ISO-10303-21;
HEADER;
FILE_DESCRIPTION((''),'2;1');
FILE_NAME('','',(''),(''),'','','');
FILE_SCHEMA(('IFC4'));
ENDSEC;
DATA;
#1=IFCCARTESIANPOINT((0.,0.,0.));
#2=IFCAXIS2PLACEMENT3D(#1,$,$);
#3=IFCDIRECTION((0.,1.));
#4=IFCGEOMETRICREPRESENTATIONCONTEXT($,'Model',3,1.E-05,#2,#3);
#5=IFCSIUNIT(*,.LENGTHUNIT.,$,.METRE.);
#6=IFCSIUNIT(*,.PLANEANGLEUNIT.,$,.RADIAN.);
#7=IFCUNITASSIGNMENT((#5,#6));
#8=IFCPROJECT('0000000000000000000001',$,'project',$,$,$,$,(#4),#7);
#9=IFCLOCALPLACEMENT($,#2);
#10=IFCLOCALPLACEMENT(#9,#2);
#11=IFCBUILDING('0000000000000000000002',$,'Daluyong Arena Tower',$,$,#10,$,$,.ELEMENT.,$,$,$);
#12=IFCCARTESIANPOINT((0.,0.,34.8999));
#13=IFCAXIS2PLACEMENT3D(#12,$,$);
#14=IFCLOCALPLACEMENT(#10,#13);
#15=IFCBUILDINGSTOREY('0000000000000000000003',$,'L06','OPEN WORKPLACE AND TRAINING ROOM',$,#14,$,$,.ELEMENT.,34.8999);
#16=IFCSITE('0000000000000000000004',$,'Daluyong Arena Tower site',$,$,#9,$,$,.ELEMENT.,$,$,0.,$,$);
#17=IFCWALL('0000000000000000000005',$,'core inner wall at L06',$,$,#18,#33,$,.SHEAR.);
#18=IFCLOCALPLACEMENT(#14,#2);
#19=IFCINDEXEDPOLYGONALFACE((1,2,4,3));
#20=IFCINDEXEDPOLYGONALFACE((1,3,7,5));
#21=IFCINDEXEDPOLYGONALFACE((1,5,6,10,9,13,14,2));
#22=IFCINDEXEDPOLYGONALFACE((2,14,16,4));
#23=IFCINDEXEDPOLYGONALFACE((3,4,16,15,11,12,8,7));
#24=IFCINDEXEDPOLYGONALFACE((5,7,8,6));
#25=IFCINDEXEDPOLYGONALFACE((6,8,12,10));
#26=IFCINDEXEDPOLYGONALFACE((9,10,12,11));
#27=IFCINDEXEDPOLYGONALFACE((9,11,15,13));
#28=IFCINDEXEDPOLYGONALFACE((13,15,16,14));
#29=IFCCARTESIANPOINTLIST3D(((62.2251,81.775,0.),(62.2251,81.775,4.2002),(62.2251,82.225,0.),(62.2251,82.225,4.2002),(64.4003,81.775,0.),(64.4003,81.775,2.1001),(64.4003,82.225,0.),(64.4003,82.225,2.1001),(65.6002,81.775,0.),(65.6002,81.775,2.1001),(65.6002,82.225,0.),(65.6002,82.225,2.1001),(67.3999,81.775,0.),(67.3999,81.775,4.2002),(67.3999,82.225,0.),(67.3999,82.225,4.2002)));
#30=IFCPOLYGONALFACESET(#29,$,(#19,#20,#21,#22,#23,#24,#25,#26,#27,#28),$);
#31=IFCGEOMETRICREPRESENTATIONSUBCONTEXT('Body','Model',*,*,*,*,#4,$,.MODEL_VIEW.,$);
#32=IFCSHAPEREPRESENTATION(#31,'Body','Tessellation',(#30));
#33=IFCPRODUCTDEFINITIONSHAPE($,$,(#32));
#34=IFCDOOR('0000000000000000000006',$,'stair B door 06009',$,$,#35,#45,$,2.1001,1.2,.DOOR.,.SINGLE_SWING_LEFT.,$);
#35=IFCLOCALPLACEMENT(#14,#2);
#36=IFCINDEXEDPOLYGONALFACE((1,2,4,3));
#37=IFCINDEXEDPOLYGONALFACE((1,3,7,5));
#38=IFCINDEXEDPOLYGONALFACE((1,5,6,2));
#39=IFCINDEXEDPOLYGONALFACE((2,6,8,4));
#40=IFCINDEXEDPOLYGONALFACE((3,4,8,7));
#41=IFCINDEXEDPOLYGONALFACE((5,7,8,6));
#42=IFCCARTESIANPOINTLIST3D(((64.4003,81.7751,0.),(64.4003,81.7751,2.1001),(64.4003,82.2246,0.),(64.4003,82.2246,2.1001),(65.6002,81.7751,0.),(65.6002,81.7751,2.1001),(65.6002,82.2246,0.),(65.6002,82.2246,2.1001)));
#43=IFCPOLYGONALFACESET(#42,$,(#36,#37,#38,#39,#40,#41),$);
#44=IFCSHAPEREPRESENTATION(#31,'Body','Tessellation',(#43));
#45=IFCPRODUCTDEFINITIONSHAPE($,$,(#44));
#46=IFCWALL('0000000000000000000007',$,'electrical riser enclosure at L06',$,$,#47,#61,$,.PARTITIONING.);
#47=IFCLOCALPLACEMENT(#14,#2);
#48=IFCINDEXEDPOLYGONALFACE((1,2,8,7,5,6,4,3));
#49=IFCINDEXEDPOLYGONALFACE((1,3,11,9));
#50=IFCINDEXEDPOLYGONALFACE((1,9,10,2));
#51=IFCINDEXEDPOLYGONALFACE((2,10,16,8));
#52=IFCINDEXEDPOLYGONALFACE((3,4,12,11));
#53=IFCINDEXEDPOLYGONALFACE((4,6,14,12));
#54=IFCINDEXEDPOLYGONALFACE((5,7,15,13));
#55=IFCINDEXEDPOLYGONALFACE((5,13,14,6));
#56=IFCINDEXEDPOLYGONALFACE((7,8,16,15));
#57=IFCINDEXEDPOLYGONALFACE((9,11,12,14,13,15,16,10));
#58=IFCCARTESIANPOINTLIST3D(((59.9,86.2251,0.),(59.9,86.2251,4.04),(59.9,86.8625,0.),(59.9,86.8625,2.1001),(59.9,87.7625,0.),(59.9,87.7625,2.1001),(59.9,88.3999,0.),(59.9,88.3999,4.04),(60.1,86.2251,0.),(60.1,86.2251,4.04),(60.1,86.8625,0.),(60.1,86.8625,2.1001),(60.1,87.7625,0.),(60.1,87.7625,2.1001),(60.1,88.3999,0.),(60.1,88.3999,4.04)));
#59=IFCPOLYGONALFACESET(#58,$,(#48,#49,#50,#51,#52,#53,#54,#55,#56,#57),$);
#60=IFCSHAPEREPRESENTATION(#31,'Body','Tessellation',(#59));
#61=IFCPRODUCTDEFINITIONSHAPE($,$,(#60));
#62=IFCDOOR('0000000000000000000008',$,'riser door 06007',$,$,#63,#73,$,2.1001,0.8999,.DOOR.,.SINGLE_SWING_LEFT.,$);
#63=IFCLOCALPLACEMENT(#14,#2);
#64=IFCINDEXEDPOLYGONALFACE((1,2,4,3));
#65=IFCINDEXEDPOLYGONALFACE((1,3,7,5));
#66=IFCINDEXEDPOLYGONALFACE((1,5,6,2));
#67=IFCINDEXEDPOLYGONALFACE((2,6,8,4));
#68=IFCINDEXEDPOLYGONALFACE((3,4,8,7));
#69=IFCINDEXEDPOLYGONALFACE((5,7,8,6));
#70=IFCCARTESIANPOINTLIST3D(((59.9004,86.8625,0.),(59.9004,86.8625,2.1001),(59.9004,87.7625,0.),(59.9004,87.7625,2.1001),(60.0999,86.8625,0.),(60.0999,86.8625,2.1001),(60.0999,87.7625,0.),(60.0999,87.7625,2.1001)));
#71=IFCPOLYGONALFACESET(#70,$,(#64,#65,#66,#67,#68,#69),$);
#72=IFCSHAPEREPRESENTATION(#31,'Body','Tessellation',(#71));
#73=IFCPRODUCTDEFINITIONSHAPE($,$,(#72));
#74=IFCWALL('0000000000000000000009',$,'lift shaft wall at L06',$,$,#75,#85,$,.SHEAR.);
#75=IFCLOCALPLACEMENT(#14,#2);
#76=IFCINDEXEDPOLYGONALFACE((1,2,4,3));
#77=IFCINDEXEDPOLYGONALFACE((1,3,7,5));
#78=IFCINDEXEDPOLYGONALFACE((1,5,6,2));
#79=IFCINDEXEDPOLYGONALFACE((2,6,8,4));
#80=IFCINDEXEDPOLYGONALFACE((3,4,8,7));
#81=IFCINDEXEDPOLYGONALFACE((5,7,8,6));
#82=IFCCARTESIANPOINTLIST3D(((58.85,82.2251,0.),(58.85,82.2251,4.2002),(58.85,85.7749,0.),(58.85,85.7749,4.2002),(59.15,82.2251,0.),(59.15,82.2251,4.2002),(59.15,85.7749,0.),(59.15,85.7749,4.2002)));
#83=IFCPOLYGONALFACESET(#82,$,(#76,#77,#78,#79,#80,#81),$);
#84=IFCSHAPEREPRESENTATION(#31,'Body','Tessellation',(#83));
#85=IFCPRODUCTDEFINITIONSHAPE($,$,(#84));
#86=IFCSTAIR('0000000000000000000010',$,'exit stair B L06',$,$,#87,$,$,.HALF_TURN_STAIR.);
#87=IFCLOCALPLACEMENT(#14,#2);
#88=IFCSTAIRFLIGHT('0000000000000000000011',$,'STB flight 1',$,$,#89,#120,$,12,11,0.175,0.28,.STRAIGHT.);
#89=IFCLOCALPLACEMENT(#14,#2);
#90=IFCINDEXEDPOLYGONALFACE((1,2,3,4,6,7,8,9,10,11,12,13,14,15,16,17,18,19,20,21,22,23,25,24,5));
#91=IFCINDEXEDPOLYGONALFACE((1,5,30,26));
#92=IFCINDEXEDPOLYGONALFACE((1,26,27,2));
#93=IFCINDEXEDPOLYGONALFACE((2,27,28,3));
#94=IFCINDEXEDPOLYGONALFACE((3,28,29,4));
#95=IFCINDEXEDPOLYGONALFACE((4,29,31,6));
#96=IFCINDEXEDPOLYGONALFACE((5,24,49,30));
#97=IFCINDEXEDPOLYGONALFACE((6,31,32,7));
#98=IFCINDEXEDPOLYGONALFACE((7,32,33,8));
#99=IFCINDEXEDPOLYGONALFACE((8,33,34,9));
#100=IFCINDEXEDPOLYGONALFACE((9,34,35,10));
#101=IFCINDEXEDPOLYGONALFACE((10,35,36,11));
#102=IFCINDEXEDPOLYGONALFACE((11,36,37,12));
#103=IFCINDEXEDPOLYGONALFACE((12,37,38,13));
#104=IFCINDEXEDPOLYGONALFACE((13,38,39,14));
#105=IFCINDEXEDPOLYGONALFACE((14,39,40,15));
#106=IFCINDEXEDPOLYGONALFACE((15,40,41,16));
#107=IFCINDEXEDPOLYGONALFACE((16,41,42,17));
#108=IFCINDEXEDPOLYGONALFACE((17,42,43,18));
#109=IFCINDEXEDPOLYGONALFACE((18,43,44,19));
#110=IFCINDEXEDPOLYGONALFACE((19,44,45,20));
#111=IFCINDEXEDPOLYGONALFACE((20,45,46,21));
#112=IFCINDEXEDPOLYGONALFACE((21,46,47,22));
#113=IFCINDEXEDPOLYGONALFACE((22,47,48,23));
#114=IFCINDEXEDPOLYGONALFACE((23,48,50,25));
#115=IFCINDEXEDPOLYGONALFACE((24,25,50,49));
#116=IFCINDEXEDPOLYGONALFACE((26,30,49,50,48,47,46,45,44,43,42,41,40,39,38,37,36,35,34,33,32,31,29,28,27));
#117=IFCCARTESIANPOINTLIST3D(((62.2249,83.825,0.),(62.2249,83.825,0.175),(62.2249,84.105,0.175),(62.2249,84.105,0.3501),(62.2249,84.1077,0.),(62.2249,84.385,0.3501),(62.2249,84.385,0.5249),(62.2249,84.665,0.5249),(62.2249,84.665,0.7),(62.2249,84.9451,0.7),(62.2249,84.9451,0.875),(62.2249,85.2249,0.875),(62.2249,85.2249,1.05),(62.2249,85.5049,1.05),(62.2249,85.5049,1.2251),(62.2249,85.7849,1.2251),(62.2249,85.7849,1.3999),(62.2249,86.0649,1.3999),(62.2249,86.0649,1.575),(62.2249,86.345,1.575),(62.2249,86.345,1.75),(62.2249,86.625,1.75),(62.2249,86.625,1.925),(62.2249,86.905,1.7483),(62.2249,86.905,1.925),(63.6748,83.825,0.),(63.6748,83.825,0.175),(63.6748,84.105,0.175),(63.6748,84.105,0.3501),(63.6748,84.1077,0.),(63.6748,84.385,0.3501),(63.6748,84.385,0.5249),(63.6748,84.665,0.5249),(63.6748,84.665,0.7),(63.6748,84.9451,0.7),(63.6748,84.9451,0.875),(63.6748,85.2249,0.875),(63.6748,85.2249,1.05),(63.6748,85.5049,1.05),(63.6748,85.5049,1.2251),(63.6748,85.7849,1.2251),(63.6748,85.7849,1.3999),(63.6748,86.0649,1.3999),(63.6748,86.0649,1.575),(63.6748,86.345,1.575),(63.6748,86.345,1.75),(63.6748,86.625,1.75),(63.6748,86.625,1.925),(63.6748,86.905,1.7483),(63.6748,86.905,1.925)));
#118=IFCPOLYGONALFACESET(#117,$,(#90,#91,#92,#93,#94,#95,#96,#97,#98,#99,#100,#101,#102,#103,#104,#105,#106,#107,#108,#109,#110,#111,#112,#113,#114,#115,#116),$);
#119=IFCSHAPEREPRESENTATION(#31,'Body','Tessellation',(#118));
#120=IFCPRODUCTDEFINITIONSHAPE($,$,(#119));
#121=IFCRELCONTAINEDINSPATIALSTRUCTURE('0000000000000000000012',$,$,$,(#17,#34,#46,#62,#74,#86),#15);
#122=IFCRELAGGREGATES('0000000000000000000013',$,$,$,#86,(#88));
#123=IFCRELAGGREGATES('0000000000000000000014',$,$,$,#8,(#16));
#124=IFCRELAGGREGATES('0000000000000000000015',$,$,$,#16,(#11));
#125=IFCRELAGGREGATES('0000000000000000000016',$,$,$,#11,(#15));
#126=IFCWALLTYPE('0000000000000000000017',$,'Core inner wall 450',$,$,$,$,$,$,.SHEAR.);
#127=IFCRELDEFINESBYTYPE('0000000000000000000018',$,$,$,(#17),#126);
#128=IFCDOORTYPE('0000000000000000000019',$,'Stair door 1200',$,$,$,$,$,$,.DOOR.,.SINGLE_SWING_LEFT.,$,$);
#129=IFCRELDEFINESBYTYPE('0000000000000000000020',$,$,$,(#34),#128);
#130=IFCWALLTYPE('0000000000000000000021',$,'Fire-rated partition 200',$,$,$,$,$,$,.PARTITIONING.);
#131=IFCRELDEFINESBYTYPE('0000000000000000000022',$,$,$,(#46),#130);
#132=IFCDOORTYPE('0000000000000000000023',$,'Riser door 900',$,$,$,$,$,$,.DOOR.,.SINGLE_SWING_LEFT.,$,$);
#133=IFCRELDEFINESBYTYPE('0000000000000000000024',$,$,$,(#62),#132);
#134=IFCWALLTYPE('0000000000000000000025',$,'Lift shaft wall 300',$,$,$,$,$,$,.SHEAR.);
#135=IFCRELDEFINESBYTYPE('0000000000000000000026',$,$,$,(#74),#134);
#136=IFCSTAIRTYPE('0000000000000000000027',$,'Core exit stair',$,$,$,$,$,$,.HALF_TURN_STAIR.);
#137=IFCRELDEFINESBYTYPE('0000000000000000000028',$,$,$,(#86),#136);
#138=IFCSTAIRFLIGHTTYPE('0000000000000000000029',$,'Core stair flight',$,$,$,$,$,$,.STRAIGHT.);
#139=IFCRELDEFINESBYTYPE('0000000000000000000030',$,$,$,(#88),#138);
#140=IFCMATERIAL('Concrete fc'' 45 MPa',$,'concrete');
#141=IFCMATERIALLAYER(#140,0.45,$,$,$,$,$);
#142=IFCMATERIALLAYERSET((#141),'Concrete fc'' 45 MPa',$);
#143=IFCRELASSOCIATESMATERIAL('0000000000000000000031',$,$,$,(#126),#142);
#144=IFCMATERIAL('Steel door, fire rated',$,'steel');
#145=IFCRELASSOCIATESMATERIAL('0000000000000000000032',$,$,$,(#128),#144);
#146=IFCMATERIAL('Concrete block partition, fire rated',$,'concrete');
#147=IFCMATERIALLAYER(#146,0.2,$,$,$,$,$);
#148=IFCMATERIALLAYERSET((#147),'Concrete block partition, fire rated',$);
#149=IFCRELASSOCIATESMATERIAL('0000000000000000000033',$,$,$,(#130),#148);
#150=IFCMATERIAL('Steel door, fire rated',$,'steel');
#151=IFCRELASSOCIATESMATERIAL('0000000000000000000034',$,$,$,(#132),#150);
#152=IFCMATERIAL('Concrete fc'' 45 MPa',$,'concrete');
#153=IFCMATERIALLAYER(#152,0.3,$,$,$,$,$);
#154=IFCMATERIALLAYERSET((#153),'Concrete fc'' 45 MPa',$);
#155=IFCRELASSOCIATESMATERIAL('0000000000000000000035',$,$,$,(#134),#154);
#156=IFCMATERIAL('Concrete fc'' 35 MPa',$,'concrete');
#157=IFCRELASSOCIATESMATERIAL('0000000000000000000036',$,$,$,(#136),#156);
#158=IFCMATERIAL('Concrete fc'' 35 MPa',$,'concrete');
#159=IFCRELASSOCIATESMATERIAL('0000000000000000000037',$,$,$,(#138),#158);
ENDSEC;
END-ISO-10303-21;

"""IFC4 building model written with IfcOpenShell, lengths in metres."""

from ifc_helpers import new_model, si_unit, direction, frame, frame_2d, origin, place, context, subcontext, project, spatial, polyline, rectangle, outline, extrude, material, layer, layer_set, type_object, element, fill, aggregate, save


model = new_model("IFC4")

# Units and contexts
model_context = context("Model", 3, precision=1e-05, world=origin(), true_north=direction((0.0, 1.0)))
body_context = subcontext(model_context, "Body", "Model", "MODEL_VIEW")
ifc_project = project(units=[si_unit("LENGTHUNIT", "METRE"), si_unit("PLANEANGLEUNIT", "RADIAN")], contexts=[model_context])

# Site, building, storey
site_placement = place(None, origin())
site = spatial("IfcSite", under=ifc_project, at=site_placement, Name="Daluyong Arena Tower site", CompositionType="ELEMENT", RefElevation=0.0)
building_placement = place(site_placement, origin())
building = spatial("IfcBuilding", under=site, at=building_placement, Name="Daluyong Arena Tower", CompositionType="ELEMENT")
storey_placement = place(building_placement, frame((0.0, 0.0, 34.8999)))
storey = spatial("IfcBuildingStorey", under=building, at=storey_placement, Name="L06", Description="OPEN WORKPLACE AND TRAINING ROOM", CompositionType="ELEMENT", Elevation=34.8999)

# Walls, openings, doors
ifc_material_1 = material(Name="Concrete fc' 45 MPa", Category="concrete")
ifc_layer_1 = layer(ifc_material_1, 0.45)
ifc_layer_set_1 = layer_set([ifc_layer_1], Name="Concrete fc' 45 MPa")
wall_type_1 = type_object("IfcWallType", Name="Core inner wall 450", PredefinedType="SHEAR", material=ifc_layer_set_1)
wall_1_placement = place(storey_placement, frame((62.2251, 82.0, 0.0), z_axis=(0.0, 0.0, 1.0), x_axis=(1.0, 0.0, 0.0)))
wall_1 = element("IfcWall", 1, at=wall_1_placement, inside=storey, type_object=wall_type_1, Name="core inner wall at L06", PredefinedType="SHEAR", context=body_context, shape_type="SweptSolid", body=[
    extrude(rectangle(XDim=5.1748, YDim=0.45, at=frame_2d((2.5874, 0.0))), origin(), (0.0, 0.0, 1.0), 4.2002),
])
opening_1_placement = place(wall_1_placement, frame((2.175, 0.0, 0.0)))
opening_1 = element("IfcOpeningElement", 2, at=opening_1_placement, cuts=wall_1, PredefinedType="OPENING", context=body_context, shape_type="SweptSolid", body=[
    extrude(rectangle(XDim=1.2, YDim=2.1001, at=frame_2d((0.6001, 1.05))), frame((0.0, 0.2349, 0.0), z_axis=(0.0, -1.0, 0.0), x_axis=(1.0, 0.0, 0.0)), (0.0, 0.0, 1.0), 0.47),
])
ifc_material_2 = material(Name="Steel door, fire rated", Category="steel")
door_type_1 = type_object("IfcDoorType", Name="Stair door 1200", OperationType="SINGLE_SWING_LEFT", PredefinedType="DOOR", material=ifc_material_2)
door_1_placement = place(opening_1_placement, origin())
door_1 = element("IfcDoor", 3, at=door_1_placement, inside=storey, type_object=door_type_1, Name="stair B door 06009", OperationType="SINGLE_SWING_LEFT", OverallHeight=2.1001, OverallWidth=1.2, PredefinedType="DOOR", context=body_context, shape_type="SweptSolid", body=[
    extrude(rectangle(XDim=1.2, YDim=2.1001, at=frame_2d((0.6001, 1.05))), frame((0.0, 0.2246, 0.0), z_axis=(0.0, -1.0, 0.0), x_axis=(1.0, 0.0, 0.0)), (0.0, 0.0, 1.0), 0.4495),
])
fill(opening_1, door_1)
ifc_material_3 = material(Name="Concrete block partition, fire rated", Category="concrete")
ifc_layer_2 = layer(ifc_material_3, 0.2)
ifc_layer_set_2 = layer_set([ifc_layer_2], Name="Concrete block partition, fire rated")
wall_type_2 = type_object("IfcWallType", Name="Fire-rated partition 200", PredefinedType="PARTITIONING", material=ifc_layer_set_2)
wall_2_placement = place(storey_placement, frame((60.0, 86.2251, 0.0), z_axis=(0.0, 0.0, 1.0), x_axis=(0.0, 1.0, 0.0)))
wall_2 = element("IfcWall", 4, at=wall_2_placement, inside=storey, type_object=wall_type_2, Name="electrical riser enclosure at L06", PredefinedType="PARTITIONING", context=body_context, shape_type="SweptSolid", body=[
    extrude(rectangle(XDim=2.1748, YDim=0.2, at=frame_2d((1.0874, 0.0))), origin(), (0.0, 0.0, 1.0), 4.04),
])
opening_2_placement = place(wall_2_placement, frame((0.6375, 0.0, 0.0)))
opening_2 = element("IfcOpeningElement", 5, at=opening_2_placement, cuts=wall_2, PredefinedType="OPENING", context=body_context, shape_type="SweptSolid", body=[
    extrude(rectangle(XDim=0.8999, YDim=2.1001, at=frame_2d((0.45, 1.05))), frame((0.0, 0.1099, 0.0), z_axis=(0.0, -1.0, 0.0), x_axis=(1.0, 0.0, 0.0)), (0.0, 0.0, 1.0), 0.22),
])
ifc_material_4 = material(Name="Steel door, fire rated", Category="steel")
door_type_2 = type_object("IfcDoorType", Name="Riser door 900", OperationType="SINGLE_SWING_LEFT", PredefinedType="DOOR", material=ifc_material_4)
door_2_placement = place(opening_2_placement, origin())
door_2 = element("IfcDoor", 6, at=door_2_placement, inside=storey, type_object=door_type_2, Name="riser door 06007", OperationType="SINGLE_SWING_LEFT", OverallHeight=2.1001, OverallWidth=0.8999, PredefinedType="DOOR", context=body_context, shape_type="SweptSolid", body=[
    extrude(rectangle(XDim=0.8999, YDim=2.1001, at=frame_2d((0.45, 1.05))), frame((0.0, 0.0996, 0.0), z_axis=(0.0, -1.0, 0.0), x_axis=(1.0, 0.0, 0.0)), (0.0, 0.0, 1.0), 0.1995),
])
fill(opening_2, door_2)

# Wall
ifc_material_5 = material(Name="Concrete fc' 45 MPa", Category="concrete")
ifc_layer_3 = layer(ifc_material_5, 0.3)
ifc_layer_set_3 = layer_set([ifc_layer_3], Name="Concrete fc' 45 MPa")
wall_type_3 = type_object("IfcWallType", Name="Lift shaft wall 300", PredefinedType="SHEAR", material=ifc_layer_set_3)
wall_3_placement = place(storey_placement, frame((59.0, 82.2251, 0.0), z_axis=(0.0, 0.0, 1.0), x_axis=(0.0, 1.0, 0.0)))
element("IfcWall", 7, at=wall_3_placement, inside=storey, type_object=wall_type_3, Name="lift shaft wall at L06", PredefinedType="SHEAR", context=body_context, shape_type="SweptSolid", body=[
    extrude(rectangle(XDim=3.5498, YDim=0.3, at=frame_2d((1.7749, 0.0))), origin(), (0.0, 0.0, 1.0), 4.2002),
])

# Stair, stair flight
ifc_material_6 = material(Name="Concrete fc' 35 MPa", Category="concrete")
stair_type = type_object("IfcStairType", Name="Core exit stair", PredefinedType="HALF_TURN_STAIR", material=ifc_material_6)
stair_placement = place(storey_placement, origin())
stair = element("IfcStair", 8, at=stair_placement, inside=storey, type_object=stair_type, Name="exit stair B L06", PredefinedType="HALF_TURN_STAIR")
ifc_material_7 = material(Name="Concrete fc' 35 MPa", Category="concrete")
stair_flight_type = type_object("IfcStairFlightType", Name="Core stair flight", PredefinedType="STRAIGHT", material=ifc_material_7)
stair_flight_placement = place(storey_placement, frame((62.95, 83.825, 0.0), z_axis=(0.0, 0.0, 1.0), x_axis=(0.0, 1.0, 0.0)))
stair_flight = element("IfcStairFlight", 9, at=stair_flight_placement, type_object=stair_flight_type, Name="STB flight 1", NumberOfRisers=12, NumberOfTreads=11, PredefinedType="STRAIGHT", RiserHeight=0.175, TreadLength=0.28, context=body_context, shape_type="SweptSolid", body=[
    extrude(outline(polyline([(0.0, 0.0), (0.0, 0.175), (0.28, 0.175), (0.28, 0.3501), (0.5601, 0.3501), (0.5601, 0.5249), (0.8401, 0.5249), (0.8401, 0.7), (1.1201, 0.7), (1.1201, 0.875), (1.3999, 0.875), (1.3999, 1.05), (1.6799, 1.05), (1.6799, 1.2251), (1.96, 1.2251), (1.96, 1.3999), (2.24, 1.3999), (2.24, 1.575), (2.52, 1.575), (2.52, 1.75), (2.8, 1.75), (2.8, 1.925), (3.0801, 1.925), (3.0801, 2.1001), (3.0801, 1.7483), (0.2827, 0.0), (0.0, 0.0)])), frame((0.0, 0.7251, 0.0), z_axis=(0.0, -1.0, 0.0), x_axis=(1.0, 0.0, 0.0)), (0.0, 0.0, 1.0), 1.45),
])
aggregate(stair, [stair_flight])

save(model, "model.ifc")
